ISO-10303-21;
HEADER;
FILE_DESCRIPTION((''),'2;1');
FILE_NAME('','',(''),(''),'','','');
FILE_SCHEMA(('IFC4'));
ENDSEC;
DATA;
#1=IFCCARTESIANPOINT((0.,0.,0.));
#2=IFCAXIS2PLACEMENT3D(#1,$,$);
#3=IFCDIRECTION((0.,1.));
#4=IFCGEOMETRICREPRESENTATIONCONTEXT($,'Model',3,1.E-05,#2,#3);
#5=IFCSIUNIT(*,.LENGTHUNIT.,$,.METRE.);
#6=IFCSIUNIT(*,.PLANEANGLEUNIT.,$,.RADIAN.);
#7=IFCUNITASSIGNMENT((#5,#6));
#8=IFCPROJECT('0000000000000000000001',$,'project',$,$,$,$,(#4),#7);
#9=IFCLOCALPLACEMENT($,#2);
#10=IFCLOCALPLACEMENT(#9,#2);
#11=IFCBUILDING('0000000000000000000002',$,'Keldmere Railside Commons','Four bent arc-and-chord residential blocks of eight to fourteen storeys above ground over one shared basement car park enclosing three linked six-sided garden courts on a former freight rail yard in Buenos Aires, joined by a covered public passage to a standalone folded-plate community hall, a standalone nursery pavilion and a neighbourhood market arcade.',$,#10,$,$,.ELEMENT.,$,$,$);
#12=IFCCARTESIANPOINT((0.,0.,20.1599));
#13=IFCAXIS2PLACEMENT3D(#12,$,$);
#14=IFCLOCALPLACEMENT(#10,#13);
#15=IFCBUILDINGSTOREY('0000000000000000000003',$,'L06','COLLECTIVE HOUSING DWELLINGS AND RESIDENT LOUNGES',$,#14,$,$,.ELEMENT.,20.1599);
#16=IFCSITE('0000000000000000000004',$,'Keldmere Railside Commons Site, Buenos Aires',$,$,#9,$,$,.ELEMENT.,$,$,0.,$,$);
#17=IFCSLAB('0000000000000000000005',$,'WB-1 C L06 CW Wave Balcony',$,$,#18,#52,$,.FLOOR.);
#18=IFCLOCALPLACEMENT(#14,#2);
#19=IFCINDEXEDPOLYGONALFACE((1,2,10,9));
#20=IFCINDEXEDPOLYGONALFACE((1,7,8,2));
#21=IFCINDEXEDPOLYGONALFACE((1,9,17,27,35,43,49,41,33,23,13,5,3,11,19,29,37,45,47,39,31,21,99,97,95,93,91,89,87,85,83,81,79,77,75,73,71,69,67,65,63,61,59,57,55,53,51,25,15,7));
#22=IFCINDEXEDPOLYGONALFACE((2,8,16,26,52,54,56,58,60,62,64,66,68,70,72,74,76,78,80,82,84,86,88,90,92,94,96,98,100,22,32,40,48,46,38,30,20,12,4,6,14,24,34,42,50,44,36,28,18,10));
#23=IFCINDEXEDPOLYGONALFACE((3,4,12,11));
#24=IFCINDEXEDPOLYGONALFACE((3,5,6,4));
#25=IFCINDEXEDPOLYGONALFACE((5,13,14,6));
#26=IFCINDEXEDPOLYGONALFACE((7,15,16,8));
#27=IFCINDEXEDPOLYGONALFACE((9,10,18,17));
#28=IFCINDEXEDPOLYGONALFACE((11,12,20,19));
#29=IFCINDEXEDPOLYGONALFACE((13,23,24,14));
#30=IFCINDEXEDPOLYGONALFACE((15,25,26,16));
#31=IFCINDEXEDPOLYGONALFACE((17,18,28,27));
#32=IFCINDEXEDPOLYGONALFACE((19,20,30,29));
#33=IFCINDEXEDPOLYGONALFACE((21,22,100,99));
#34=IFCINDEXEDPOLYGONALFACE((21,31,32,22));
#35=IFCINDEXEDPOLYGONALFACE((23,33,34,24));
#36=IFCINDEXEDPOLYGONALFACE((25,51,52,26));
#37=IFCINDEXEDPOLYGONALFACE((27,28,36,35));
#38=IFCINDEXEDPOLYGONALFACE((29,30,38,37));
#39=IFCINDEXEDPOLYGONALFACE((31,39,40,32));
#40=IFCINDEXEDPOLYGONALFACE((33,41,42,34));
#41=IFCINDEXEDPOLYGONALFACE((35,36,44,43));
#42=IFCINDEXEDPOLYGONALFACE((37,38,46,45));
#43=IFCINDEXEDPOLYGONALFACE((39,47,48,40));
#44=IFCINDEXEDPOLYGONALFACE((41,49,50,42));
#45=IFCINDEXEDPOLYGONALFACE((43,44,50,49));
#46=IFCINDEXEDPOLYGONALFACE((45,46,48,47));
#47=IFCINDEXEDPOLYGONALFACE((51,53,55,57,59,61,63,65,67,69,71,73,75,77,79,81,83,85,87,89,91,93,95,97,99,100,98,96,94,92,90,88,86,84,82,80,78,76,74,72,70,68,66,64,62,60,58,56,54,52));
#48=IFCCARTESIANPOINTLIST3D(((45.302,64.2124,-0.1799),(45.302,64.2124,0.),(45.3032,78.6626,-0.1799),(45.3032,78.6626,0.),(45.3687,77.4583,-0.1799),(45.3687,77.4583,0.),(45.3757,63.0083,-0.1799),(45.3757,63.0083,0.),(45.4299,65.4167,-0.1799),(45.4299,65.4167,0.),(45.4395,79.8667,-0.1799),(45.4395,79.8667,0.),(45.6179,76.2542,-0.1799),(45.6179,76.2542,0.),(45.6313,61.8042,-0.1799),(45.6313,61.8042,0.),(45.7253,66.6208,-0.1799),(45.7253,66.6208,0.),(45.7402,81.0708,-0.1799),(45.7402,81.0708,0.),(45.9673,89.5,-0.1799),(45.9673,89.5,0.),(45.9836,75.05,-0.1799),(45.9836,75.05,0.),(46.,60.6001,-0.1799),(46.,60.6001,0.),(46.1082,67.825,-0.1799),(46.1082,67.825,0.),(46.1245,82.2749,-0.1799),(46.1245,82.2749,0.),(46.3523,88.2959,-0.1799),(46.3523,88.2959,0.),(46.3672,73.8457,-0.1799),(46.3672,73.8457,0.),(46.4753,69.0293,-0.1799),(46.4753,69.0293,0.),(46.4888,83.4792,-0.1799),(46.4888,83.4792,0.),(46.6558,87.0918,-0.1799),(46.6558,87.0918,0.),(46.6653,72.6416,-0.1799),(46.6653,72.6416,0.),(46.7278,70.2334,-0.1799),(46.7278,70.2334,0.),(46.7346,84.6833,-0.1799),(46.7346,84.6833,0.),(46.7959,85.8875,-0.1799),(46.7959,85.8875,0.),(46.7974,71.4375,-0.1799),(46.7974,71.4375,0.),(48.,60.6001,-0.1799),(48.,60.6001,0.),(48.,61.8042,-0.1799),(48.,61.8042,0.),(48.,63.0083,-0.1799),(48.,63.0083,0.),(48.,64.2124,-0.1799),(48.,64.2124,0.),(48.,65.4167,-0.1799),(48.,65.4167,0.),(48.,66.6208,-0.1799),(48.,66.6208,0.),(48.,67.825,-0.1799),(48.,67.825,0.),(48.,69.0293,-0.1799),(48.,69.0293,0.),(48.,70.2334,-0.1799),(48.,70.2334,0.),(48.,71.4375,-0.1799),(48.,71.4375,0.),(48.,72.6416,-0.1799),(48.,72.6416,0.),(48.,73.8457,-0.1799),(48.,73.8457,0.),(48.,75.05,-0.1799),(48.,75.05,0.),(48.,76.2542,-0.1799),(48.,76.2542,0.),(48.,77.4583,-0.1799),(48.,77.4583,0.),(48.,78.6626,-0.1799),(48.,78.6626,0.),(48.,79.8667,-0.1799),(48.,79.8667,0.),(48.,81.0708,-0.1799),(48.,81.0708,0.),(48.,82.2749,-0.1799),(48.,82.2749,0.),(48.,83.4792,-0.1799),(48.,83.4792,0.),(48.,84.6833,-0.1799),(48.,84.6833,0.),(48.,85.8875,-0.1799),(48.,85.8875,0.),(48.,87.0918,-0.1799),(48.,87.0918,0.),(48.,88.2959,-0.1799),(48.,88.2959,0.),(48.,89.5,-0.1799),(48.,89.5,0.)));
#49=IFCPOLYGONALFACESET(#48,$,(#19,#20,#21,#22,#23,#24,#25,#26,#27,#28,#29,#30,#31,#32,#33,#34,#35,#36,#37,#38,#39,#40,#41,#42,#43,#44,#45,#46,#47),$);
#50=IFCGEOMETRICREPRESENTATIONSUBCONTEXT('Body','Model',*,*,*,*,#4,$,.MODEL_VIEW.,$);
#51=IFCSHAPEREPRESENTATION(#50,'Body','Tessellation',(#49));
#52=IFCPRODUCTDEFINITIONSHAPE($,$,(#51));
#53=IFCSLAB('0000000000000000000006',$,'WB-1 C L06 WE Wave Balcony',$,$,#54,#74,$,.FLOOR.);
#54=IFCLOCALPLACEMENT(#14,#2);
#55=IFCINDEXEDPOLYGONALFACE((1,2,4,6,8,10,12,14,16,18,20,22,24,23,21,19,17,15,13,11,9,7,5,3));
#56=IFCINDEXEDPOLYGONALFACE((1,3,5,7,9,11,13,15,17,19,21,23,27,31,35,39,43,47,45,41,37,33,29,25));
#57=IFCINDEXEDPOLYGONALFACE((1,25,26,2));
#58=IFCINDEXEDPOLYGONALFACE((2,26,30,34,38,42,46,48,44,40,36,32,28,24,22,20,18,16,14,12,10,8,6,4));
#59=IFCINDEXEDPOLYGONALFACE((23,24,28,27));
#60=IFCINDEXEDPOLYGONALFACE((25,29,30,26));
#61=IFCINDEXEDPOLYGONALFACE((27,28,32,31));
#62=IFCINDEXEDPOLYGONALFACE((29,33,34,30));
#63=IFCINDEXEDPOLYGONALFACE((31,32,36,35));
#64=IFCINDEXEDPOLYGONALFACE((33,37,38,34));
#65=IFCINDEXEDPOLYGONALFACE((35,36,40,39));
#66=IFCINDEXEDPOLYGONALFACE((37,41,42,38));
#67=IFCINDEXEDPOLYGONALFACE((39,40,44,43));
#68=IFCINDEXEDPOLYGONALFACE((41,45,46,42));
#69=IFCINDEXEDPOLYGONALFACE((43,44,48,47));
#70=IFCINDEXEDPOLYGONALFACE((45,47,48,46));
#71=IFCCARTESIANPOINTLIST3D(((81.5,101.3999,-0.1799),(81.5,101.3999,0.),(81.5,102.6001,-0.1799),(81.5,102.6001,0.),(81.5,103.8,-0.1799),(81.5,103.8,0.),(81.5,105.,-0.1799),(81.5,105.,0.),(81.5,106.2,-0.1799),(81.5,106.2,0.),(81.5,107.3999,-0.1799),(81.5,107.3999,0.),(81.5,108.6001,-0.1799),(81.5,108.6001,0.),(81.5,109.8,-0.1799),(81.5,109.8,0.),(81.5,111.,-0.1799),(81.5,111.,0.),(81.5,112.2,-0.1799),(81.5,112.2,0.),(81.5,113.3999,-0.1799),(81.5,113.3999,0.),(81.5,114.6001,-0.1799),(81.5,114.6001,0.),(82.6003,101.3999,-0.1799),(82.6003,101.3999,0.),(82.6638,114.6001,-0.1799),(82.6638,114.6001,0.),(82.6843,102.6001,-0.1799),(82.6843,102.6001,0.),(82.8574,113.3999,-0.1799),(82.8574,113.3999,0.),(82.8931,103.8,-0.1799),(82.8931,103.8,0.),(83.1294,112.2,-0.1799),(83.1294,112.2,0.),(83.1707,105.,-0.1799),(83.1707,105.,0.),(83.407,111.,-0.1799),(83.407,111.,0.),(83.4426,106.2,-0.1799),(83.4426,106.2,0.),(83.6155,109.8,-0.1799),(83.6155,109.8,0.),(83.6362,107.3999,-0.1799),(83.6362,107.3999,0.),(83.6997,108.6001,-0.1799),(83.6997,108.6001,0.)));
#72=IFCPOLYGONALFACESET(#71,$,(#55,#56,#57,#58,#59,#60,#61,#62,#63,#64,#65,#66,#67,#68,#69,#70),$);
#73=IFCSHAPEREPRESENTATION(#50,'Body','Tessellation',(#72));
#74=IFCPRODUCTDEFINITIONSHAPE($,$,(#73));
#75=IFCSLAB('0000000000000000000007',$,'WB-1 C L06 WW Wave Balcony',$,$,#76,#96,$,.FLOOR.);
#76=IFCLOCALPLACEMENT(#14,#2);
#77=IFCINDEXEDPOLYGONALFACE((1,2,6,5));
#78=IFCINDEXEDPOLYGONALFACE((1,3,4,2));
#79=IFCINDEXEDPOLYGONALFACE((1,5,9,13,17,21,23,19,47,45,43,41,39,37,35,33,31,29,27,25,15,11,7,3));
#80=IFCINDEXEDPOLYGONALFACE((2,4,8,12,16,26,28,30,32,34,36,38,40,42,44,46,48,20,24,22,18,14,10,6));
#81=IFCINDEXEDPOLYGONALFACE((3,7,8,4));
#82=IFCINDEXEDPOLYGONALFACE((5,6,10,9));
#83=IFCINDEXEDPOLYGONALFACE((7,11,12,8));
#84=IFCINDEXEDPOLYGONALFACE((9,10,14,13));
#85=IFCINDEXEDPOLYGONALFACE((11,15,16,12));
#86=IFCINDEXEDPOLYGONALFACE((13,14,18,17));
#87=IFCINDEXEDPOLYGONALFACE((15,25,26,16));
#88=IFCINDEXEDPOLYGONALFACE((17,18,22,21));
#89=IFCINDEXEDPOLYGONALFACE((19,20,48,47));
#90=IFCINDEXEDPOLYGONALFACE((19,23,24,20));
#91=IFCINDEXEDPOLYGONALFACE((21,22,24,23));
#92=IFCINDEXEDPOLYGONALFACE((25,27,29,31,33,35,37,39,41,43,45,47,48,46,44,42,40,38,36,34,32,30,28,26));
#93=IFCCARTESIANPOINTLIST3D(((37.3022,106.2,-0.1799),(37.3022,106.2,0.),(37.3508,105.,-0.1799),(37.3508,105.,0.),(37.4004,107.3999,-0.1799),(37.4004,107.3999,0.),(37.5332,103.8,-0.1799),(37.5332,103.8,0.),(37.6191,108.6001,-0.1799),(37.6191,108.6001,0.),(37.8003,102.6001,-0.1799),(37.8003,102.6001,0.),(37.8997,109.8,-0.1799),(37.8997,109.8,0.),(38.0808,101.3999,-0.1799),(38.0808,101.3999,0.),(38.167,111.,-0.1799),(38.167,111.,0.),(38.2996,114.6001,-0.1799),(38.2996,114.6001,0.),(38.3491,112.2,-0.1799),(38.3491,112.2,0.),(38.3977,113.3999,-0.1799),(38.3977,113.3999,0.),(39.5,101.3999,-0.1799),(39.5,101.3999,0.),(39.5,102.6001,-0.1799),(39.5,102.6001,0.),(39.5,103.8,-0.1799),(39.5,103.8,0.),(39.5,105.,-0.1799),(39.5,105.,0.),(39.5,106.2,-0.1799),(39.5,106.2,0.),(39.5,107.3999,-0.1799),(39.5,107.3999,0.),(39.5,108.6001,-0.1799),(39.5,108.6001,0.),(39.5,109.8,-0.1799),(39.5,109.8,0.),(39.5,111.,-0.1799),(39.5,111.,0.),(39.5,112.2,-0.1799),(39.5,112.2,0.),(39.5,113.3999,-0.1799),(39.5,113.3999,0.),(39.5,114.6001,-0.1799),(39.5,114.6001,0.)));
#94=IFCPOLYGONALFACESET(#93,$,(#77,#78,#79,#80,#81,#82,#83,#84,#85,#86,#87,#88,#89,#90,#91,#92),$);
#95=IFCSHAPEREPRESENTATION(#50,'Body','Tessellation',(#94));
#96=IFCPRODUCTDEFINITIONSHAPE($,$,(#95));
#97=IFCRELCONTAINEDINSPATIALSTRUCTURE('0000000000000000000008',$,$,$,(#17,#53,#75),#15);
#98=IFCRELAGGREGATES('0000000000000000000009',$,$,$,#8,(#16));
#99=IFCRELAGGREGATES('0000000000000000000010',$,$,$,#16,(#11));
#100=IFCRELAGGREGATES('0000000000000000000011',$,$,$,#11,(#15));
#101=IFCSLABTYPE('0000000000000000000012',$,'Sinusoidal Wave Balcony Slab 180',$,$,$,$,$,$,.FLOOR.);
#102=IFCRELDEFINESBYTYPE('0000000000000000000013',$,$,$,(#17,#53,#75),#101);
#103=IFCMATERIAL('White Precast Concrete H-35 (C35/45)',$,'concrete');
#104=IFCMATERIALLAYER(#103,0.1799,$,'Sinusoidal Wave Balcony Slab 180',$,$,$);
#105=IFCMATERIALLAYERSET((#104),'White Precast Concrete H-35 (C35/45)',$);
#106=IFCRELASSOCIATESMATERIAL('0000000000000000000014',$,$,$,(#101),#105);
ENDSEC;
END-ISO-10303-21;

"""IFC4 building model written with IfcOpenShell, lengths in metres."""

from ifc_helpers import new_model, si_unit, direction, frame, origin, place, context, subcontext, project, spatial, polyline, outline, extrude, material, layer, layer_set, type_object, element, save


model = new_model("IFC4")

# Units and contexts
model_context = context("Model", 3, precision=1e-05, world=origin(), true_north=direction((0.0, 1.0)))
body_context = subcontext(model_context, "Body", "Model", "MODEL_VIEW")
ifc_project = project(units=[si_unit("LENGTHUNIT", "METRE"), si_unit("PLANEANGLEUNIT", "RADIAN")], contexts=[model_context])

# Site, building, storey
site_placement = place(None, origin())
site = spatial("IfcSite", under=ifc_project, at=site_placement, Name="Keldmere Railside Commons Site, Buenos Aires", CompositionType="ELEMENT", RefElevation=0.0)
building_placement = place(site_placement, origin())
building = spatial("IfcBuilding", under=site, at=building_placement, Name="Keldmere Railside Commons", Description="Four bent arc-and-chord residential blocks of eight to fourteen storeys above ground over one shared basement car park enclosing three linked six-sided garden courts on a former freight rail yard in Buenos Aires, joined by a covered public passage to a standalone folded-plate community hall, a standalone nursery pavilion and a neighbourhood market arcade.", CompositionType="ELEMENT")
storey_placement = place(building_placement, frame((0.0, 0.0, 20.1599)))
storey = spatial("IfcBuildingStorey", under=building, at=storey_placement, Name="L06", Description="COLLECTIVE HOUSING DWELLINGS AND RESIDENT LOUNGES", CompositionType="ELEMENT", Elevation=20.1599)

# Slabs
ifc_material_1 = material(Name="White Precast Concrete H-35 (C35/45)", Category="concrete")
ifc_layer_1 = layer(ifc_material_1, 0.1799, Name="Sinusoidal Wave Balcony Slab 180")
ifc_layer_set_1 = layer_set([ifc_layer_1], Name="White Precast Concrete H-35 (C35/45)")
slab_type_1 = type_object("IfcSlabType", Name="Sinusoidal Wave Balcony Slab 180", PredefinedType="FLOOR", material=ifc_layer_set_1)
slab_1_placement = place(storey_placement, frame((0.0, 0.0, -0.1799)))
element("IfcSlab", 1, at=slab_1_placement, inside=storey, type_object=slab_type_1, Name="WB-1 C L06 CW Wave Balcony", PredefinedType="FLOOR", context=body_context, shape_type="SweptSolid", body=[
    extrude(outline(polyline([(48.0, 60.6001), (48.0, 61.8042), (48.0, 63.0083), (48.0, 64.2124), (48.0, 65.4167), (48.0, 66.6208), (48.0, 67.825), (48.0, 69.0293), (48.0, 70.2334), (48.0, 71.4375), (48.0, 72.6416), (48.0, 73.8457), (48.0, 75.05), (48.0, 76.2542), (48.0, 77.4583), (48.0, 78.6626), (48.0, 79.8667), (48.0, 81.0708), (48.0, 82.2749), (48.0, 83.4792), (48.0, 84.6833), (48.0, 85.8875), (48.0, 87.0918), (48.0, 88.2959), (48.0, 89.5), (45.9673, 89.5), (46.3523, 88.2959), (46.6558, 87.0918), (46.7959, 85.8875), (46.7346, 84.6833), (46.4888, 83.4792), (46.1245, 82.2749), (45.7402, 81.0708), (45.4395, 79.8667), (45.3032, 78.6626), (45.3687, 77.4583), (45.6179, 76.2542), (45.9836, 75.05), (46.3672, 73.8457), (46.6653, 72.6416), (46.7974, 71.4375), (46.7278, 70.2334), (46.4753, 69.0293), (46.1082, 67.825), (45.7253, 66.6208), (45.4299, 65.4167), (45.302, 64.2124), (45.3757, 63.0083), (45.6313, 61.8042), (46.0, 60.6001), (48.0, 60.6001)])), origin(), (0.0, 0.0, 1.0), 0.1799),
])
slab_2_placement = place(storey_placement, frame((0.0, 0.0, -0.1799)))
element("IfcSlab", 2, at=slab_2_placement, inside=storey, type_object=slab_type_1, Name="WB-1 C L06 WE Wave Balcony", PredefinedType="FLOOR", context=body_context, shape_type="SweptSolid", body=[
    extrude(outline(polyline([(82.6003, 101.3999), (82.6843, 102.6001), (82.8931, 103.8), (83.1707, 105.0), (83.4426, 106.2), (83.6362, 107.3999), (83.6997, 108.6001), (83.6155, 109.8), (83.407, 111.0), (83.1294, 112.2), (82.8574, 113.3999), (82.6638, 114.6001), (81.5, 114.6001), (81.5, 113.3999), (81.5, 112.2), (81.5, 111.0), (81.5, 109.8), (81.5, 108.6001), (81.5, 107.3999), (81.5, 106.2), (81.5, 105.0), (81.5, 103.8), (81.5, 102.6001), (81.5, 101.3999), (82.6003, 101.3999)])), origin(), (0.0, 0.0, 1.0), 0.1799),
])
slab_3_placement = place(storey_placement, frame((0.0, 0.0, -0.1799)))
element("IfcSlab", 3, at=slab_3_placement, inside=storey, type_object=slab_type_1, Name="WB-1 C L06 WW Wave Balcony", PredefinedType="FLOOR", context=body_context, shape_type="SweptSolid", body=[
    extrude(outline(polyline([(39.5, 101.3999), (39.5, 102.6001), (39.5, 103.8), (39.5, 105.0), (39.5, 106.2), (39.5, 107.3999), (39.5, 108.6001), (39.5, 109.8), (39.5, 111.0), (39.5, 112.2), (39.5, 113.3999), (39.5, 114.6001), (38.2996, 114.6001), (38.3977, 113.3999), (38.3491, 112.2), (38.167, 111.0), (37.8997, 109.8), (37.6191, 108.6001), (37.4004, 107.3999), (37.3022, 106.2), (37.3508, 105.0), (37.5332, 103.8), (37.8003, 102.6001), (38.0808, 101.3999), (39.5, 101.3999)])), origin(), (0.0, 0.0, 1.0), 0.1799),
])

save(model, "model.ifc")
